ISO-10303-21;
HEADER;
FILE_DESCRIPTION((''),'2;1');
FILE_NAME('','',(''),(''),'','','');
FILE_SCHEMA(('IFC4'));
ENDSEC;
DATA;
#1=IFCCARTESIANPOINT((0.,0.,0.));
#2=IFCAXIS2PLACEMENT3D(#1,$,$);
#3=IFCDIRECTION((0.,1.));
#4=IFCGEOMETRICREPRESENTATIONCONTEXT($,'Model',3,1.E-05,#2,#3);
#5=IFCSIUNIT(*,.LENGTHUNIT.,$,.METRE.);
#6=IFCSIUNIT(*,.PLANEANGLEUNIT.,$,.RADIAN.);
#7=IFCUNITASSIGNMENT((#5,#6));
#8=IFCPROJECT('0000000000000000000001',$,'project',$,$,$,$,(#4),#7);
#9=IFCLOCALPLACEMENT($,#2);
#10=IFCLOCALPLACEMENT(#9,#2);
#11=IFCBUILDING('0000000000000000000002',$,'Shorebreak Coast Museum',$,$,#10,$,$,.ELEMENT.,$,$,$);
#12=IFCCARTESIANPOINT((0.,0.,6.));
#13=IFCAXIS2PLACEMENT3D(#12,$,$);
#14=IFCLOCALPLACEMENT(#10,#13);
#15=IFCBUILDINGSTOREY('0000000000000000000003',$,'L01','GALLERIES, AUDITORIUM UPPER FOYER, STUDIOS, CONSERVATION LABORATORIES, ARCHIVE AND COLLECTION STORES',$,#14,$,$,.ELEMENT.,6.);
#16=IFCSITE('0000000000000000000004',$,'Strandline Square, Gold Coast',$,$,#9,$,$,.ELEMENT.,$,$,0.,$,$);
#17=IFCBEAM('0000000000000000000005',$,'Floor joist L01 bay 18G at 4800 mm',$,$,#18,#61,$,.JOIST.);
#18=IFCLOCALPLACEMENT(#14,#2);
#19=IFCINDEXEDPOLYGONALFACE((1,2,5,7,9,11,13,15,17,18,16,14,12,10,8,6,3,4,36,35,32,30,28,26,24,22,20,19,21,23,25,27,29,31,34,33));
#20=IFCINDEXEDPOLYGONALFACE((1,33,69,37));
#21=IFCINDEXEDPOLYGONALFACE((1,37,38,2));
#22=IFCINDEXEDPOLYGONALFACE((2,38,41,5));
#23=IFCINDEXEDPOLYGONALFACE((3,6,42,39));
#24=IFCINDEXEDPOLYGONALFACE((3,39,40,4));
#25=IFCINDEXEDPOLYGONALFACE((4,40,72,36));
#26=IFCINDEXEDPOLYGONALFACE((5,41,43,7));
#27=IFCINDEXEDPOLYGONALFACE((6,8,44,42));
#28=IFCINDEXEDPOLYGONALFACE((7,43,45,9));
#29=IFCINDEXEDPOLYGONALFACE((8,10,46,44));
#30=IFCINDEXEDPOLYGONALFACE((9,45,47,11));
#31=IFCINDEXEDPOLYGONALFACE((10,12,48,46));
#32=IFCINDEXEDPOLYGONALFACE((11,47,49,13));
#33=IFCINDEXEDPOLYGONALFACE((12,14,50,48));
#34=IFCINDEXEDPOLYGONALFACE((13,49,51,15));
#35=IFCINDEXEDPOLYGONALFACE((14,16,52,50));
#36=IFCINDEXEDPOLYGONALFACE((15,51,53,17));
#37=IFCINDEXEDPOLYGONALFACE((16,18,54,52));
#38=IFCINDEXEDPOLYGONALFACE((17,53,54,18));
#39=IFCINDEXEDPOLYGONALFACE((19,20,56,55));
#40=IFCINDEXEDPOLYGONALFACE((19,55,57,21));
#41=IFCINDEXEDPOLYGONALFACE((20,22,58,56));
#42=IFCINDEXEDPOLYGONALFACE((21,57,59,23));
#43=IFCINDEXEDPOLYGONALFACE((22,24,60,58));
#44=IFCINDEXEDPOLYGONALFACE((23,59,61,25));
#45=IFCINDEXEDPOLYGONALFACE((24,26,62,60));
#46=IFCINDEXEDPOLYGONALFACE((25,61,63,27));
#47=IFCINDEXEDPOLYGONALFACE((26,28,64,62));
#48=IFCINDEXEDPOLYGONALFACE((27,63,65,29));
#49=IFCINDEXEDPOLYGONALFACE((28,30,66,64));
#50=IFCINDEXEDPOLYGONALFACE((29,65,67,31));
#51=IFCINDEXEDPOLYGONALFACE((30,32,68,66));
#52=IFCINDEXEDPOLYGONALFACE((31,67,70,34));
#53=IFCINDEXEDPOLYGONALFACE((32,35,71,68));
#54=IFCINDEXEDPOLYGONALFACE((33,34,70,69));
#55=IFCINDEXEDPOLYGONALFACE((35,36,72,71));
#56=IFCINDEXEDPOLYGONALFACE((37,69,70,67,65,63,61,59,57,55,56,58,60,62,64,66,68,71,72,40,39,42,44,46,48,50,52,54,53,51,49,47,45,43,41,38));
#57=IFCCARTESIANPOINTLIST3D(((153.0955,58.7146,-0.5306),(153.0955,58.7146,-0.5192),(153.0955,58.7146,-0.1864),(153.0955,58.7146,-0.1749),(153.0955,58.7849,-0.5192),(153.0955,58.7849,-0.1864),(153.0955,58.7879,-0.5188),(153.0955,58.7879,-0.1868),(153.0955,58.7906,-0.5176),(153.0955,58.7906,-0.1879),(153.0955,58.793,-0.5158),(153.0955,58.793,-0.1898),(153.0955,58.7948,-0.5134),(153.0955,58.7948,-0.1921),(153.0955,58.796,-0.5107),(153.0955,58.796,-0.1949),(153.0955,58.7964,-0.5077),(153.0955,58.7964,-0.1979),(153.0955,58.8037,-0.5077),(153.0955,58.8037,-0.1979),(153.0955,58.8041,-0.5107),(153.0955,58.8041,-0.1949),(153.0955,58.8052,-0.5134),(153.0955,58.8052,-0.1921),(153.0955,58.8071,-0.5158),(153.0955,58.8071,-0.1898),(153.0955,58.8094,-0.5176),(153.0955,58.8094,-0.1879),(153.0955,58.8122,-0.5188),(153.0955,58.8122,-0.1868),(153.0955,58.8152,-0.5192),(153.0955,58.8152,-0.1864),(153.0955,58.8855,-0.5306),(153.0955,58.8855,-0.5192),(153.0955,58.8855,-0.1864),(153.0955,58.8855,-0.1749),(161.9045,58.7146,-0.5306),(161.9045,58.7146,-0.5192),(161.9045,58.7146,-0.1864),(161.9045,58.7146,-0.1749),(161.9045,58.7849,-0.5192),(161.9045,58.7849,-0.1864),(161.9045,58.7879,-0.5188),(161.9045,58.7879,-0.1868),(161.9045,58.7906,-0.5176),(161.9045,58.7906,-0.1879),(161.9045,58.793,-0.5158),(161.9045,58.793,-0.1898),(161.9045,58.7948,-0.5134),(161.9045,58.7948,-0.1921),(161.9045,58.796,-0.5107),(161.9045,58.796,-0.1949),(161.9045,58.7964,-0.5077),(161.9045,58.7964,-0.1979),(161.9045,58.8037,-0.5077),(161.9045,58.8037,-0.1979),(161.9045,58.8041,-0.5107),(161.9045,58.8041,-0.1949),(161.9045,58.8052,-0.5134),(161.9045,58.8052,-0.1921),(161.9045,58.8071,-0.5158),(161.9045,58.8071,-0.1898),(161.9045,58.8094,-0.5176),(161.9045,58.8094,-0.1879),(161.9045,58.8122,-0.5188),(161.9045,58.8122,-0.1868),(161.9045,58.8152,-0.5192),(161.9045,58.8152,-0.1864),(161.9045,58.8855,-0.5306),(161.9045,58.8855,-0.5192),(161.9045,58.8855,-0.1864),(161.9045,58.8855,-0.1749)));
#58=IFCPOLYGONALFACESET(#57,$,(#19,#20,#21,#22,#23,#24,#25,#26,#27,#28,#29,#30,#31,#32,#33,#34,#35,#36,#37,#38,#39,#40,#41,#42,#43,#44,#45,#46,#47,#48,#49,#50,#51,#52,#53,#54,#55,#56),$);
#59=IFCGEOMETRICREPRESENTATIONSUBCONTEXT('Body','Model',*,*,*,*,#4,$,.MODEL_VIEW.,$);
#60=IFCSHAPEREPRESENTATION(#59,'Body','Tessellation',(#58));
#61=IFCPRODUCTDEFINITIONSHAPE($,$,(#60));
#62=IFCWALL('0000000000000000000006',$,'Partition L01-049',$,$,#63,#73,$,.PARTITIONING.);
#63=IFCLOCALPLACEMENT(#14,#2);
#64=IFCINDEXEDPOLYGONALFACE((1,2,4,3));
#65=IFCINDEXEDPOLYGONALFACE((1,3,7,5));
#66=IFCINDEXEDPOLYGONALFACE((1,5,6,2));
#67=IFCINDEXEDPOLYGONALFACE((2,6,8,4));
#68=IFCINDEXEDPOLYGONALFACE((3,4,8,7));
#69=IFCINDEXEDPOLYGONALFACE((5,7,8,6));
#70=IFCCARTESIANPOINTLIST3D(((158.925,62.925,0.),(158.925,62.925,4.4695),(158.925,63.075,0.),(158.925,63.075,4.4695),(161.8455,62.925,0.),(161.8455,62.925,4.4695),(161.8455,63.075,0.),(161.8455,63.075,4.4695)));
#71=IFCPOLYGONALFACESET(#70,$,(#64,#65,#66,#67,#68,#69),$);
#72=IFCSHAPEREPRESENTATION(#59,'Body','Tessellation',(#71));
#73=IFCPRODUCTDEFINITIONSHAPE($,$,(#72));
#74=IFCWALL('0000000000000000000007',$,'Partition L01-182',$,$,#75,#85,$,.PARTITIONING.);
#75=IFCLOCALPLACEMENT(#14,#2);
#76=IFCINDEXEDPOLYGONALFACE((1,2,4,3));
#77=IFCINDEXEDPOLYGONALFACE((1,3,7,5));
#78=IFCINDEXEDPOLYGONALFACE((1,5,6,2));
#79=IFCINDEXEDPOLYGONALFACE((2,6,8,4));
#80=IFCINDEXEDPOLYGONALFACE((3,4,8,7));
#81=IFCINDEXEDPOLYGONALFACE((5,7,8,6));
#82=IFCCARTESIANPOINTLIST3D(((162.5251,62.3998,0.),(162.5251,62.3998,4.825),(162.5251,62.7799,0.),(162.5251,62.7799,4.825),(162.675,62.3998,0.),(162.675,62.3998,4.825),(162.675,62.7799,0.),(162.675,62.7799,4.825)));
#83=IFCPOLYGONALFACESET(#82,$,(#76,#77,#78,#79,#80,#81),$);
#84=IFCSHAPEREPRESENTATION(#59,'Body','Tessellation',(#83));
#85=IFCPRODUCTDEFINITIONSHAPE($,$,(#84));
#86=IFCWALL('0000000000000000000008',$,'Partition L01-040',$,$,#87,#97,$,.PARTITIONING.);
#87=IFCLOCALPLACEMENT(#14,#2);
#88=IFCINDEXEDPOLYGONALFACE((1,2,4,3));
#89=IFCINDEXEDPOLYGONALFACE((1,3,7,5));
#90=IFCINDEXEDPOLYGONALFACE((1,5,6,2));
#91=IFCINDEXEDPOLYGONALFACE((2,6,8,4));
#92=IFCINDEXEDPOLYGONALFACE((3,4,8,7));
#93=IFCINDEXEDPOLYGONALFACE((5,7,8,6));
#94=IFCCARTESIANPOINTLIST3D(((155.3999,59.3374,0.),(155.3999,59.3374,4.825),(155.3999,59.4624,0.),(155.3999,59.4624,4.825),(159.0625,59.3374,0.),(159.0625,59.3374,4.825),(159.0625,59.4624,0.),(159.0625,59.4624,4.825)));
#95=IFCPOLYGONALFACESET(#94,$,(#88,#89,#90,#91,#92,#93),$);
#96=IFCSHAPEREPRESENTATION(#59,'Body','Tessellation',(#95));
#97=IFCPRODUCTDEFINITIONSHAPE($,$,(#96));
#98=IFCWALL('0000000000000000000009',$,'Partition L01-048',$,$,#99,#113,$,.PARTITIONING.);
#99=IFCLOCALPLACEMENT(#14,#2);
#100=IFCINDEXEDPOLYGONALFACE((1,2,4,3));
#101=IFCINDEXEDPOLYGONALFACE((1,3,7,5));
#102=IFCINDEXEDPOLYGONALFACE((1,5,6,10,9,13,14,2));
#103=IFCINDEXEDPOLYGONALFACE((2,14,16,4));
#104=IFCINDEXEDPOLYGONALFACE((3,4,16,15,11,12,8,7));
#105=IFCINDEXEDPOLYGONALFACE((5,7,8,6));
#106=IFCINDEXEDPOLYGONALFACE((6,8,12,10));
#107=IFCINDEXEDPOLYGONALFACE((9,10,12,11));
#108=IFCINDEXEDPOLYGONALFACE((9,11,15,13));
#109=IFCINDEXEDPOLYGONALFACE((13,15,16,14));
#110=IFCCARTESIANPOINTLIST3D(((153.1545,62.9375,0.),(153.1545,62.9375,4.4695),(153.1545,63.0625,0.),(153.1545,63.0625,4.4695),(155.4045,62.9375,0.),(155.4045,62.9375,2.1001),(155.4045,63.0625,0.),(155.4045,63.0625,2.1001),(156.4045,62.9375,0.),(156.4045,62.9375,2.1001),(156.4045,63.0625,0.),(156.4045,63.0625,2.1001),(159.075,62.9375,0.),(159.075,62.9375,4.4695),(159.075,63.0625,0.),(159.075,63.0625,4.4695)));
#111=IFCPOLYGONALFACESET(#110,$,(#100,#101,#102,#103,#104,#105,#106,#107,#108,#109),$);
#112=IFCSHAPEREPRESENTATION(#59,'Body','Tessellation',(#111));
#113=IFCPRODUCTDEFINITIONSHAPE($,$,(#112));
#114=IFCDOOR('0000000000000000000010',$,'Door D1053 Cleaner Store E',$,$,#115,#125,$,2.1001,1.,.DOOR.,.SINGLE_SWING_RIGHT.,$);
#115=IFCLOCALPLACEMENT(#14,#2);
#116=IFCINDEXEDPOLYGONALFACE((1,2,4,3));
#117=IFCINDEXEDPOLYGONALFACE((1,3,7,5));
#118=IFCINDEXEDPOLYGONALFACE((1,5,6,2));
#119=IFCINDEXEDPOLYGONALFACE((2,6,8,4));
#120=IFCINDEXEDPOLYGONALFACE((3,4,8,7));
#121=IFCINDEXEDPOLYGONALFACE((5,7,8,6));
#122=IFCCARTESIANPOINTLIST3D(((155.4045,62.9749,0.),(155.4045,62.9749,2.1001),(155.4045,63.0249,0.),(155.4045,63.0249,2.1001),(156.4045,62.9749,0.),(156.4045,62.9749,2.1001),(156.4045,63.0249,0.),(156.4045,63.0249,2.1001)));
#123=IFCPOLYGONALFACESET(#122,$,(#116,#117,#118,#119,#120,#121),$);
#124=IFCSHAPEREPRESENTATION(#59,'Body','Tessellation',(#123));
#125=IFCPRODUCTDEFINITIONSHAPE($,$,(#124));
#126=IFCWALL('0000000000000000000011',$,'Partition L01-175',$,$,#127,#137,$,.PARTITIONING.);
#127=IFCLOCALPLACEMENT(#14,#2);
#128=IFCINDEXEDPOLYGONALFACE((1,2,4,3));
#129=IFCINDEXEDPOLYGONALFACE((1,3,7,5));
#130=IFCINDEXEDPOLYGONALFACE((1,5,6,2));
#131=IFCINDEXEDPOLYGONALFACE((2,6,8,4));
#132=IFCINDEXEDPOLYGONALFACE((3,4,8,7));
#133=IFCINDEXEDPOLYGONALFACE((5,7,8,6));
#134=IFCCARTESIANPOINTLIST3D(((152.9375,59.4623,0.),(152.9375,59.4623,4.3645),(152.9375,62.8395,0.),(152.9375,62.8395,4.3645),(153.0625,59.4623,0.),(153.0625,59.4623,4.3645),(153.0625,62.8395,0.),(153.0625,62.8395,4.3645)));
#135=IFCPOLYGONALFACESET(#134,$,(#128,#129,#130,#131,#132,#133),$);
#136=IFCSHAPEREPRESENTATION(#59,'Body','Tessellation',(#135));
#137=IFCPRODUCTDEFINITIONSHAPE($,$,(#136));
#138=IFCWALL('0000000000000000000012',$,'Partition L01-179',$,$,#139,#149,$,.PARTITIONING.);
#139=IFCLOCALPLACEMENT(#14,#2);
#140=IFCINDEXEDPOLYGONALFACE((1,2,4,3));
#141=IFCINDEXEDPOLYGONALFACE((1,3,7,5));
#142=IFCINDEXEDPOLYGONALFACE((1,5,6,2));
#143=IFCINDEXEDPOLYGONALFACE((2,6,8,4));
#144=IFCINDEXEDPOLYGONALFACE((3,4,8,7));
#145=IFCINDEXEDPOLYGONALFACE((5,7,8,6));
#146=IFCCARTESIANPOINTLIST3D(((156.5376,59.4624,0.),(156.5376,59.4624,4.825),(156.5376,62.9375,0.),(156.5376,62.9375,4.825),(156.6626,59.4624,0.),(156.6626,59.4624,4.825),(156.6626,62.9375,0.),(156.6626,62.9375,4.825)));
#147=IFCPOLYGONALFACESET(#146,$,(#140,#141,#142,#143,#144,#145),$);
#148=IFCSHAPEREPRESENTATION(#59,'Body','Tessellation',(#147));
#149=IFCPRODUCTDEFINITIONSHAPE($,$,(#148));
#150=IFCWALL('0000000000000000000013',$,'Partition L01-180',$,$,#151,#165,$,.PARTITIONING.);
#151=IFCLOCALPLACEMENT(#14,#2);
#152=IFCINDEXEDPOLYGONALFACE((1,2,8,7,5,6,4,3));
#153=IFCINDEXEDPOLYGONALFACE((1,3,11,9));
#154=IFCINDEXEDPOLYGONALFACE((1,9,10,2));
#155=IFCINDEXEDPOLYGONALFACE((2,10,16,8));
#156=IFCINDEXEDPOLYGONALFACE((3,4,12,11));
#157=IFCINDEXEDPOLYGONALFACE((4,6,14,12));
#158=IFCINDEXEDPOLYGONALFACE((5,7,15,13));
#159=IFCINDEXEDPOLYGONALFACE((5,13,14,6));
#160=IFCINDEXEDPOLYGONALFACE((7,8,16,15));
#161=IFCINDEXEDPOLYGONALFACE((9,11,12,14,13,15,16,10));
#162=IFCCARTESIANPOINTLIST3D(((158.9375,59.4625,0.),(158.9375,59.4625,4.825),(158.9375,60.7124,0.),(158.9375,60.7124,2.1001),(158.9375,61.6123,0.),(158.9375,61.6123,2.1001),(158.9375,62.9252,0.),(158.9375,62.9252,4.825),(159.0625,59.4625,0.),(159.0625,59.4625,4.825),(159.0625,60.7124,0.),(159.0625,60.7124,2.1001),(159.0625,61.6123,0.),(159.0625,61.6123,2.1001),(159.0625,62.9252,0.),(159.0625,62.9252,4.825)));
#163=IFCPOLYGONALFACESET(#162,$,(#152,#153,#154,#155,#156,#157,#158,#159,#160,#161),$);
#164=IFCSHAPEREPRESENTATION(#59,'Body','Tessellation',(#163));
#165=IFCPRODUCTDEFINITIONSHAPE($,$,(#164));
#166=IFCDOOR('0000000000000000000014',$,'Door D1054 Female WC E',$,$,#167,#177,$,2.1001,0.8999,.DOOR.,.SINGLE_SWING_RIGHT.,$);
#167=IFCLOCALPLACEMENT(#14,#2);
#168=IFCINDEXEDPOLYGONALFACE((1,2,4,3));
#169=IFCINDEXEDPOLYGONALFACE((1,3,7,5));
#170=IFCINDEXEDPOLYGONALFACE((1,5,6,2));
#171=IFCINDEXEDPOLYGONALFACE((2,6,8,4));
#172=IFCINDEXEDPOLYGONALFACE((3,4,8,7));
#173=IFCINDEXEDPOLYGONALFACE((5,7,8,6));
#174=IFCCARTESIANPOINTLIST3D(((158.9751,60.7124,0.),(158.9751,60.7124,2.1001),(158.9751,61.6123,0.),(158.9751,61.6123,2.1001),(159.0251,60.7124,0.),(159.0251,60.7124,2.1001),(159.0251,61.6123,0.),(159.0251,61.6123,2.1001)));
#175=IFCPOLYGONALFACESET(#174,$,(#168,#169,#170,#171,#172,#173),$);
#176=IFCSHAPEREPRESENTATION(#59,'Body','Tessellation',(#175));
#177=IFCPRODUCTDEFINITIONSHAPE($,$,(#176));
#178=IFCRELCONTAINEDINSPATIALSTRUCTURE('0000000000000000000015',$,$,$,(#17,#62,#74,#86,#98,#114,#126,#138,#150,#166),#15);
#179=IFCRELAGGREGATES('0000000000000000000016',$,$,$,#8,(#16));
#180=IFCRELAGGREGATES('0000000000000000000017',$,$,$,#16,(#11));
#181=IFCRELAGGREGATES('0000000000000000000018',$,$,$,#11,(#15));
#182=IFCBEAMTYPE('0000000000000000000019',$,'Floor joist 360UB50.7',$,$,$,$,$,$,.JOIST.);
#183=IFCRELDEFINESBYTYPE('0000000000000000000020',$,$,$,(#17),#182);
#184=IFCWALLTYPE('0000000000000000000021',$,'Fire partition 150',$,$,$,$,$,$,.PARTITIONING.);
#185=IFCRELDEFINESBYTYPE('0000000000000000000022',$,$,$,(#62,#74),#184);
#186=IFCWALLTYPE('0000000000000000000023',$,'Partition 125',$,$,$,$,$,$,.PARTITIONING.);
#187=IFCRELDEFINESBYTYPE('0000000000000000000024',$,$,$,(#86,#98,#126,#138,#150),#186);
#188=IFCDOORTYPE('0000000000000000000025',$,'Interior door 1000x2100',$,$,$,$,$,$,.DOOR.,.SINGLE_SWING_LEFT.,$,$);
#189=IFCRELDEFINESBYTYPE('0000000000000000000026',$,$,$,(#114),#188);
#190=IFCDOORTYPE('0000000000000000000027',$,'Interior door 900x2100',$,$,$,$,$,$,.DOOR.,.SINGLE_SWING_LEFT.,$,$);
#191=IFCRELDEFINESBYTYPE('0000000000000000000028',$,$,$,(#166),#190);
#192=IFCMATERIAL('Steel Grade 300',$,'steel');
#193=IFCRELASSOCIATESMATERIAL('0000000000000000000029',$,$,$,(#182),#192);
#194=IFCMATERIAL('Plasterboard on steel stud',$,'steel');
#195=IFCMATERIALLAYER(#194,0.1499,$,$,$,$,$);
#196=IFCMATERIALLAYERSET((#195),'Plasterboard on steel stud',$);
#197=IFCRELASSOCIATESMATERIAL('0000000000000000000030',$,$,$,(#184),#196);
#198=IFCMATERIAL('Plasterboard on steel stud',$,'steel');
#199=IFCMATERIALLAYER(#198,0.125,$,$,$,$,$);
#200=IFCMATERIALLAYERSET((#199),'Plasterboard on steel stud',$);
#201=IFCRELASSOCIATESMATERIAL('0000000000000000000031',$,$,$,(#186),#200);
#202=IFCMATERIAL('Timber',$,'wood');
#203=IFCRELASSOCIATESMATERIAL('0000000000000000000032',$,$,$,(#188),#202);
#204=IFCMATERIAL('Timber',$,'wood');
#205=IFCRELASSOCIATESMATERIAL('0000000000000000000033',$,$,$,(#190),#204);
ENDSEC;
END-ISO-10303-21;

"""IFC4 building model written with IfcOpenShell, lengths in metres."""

from ifc_helpers import new_model, si_unit, direction, frame, frame_2d, origin, origin_2d, place, context, subcontext, project, spatial, rectangle, i_section, extrude, material, layer, layer_set, material_profile, profile_set, type_object, element, fill, save


model = new_model("IFC4")

# Units and contexts
model_context = context("Model", 3, precision=1e-05, world=origin(), true_north=direction((0.0, 1.0)))
body_context = subcontext(model_context, "Body", "Model", "MODEL_VIEW")
ifc_project = project(units=[si_unit("LENGTHUNIT", "METRE"), si_unit("PLANEANGLEUNIT", "RADIAN")], contexts=[model_context])

# Site, building, storey
site_placement = place(None, origin())
site = spatial("IfcSite", under=ifc_project, at=site_placement, Name="Strandline Square, Gold Coast", CompositionType="ELEMENT", RefElevation=0.0)
building_placement = place(site_placement, origin())
building = spatial("IfcBuilding", under=site, at=building_placement, Name="Shorebreak Coast Museum", CompositionType="ELEMENT")
storey_placement = place(building_placement, frame((0.0, 0.0, 6.0)))
storey = spatial("IfcBuildingStorey", under=building, at=storey_placement, Name="L01", Description="GALLERIES, AUDITORIUM UPPER FOYER, STUDIOS, CONSERVATION LABORATORIES, ARCHIVE AND COLLECTION STORES", CompositionType="ELEMENT", Elevation=6.0)

# Beam
ifc_material_1 = material(Name="Steel Grade 300", Category="steel")
ifc_material_profile_1 = material_profile(ifc_material_1, i_section(OverallWidth=0.1709, OverallDepth=0.3557, WebThickness=0.0073, FlangeThickness=0.0115, FilletRadius=0.0115, at=origin_2d()), Name="360UB50.7")
ifc_profile_set_1 = profile_set([ifc_material_profile_1], Name="Steel Grade 300")
beam_type_1 = type_object("IfcBeamType", Name="Floor joist 360UB50.7", PredefinedType="JOIST", material=ifc_profile_set_1)
for number, where, z_axis, x_axis, name in (
    (1, (153.0955, 58.8, -0.3528), (1.0, 0.0, 0.0), (0.0, 1.0, 0.0), "Floor joist L01 bay 18G at 4800 mm"),
):
    element("IfcBeam", number, at=place(storey_placement, frame(where, z_axis=z_axis, x_axis=x_axis)), inside=storey, type_object=beam_type_1, Name=name, PredefinedType="JOIST", context=body_context, shape_type="SweptSolid", body=[
        extrude(i_section(OverallWidth=0.1709, OverallDepth=0.3557, WebThickness=0.0073, FlangeThickness=0.0115, FilletRadius=0.0115, at=origin_2d()), origin(), (0.0, 0.0, 1.0), 8.8091),
    ])

# Walls
ifc_material_2 = material(Name="Plasterboard on steel stud", Category="steel")
ifc_layer_1 = layer(ifc_material_2, 0.1499)
ifc_layer_set_1 = layer_set([ifc_layer_1], Name="Plasterboard on steel stud")
wall_type_1 = type_object("IfcWallType", Name="Fire partition 150", PredefinedType="PARTITIONING", material=ifc_layer_set_1)
wall_1_placement = place(storey_placement, frame((158.925, 63.0, 0.0), z_axis=(0.0, 0.0, 1.0), x_axis=(1.0, 0.0, 0.0)))
element("IfcWall", 2, at=wall_1_placement, inside=storey, type_object=wall_type_1, Name="Partition L01-049", PredefinedType="PARTITIONING", context=body_context, shape_type="SweptSolid", body=[
    extrude(rectangle(XDim=2.9204, YDim=0.1499, at=frame_2d((1.4602, 0.0))), origin(), (0.0, 0.0, 1.0), 4.4695),
])
wall_2_placement = place(storey_placement, frame((162.6001, 62.3999, 0.0), z_axis=(0.0, 0.0, 1.0), x_axis=(0.0, 1.0, 0.0)))
element("IfcWall", 3, at=wall_2_placement, inside=storey, type_object=wall_type_1, Name="Partition L01-182", PredefinedType="PARTITIONING", context=body_context, shape_type="SweptSolid", body=[
    extrude(rectangle(XDim=0.3801, YDim=0.1499, at=frame_2d((0.1899, 0.0))), origin(), (0.0, 0.0, 1.0), 4.825),
])
ifc_material_3 = material(Name="Plasterboard on steel stud", Category="steel")
ifc_layer_2 = layer(ifc_material_3, 0.125)
ifc_layer_set_2 = layer_set([ifc_layer_2], Name="Plasterboard on steel stud")
wall_type_2 = type_object("IfcWallType", Name="Partition 125", PredefinedType="PARTITIONING", material=ifc_layer_set_2)
wall_3_placement = place(storey_placement, frame((155.3999, 59.3999, 0.0), z_axis=(0.0, 0.0, 1.0), x_axis=(1.0, 0.0, 0.0)))
element("IfcWall", 4, at=wall_3_placement, inside=storey, type_object=wall_type_2, Name="Partition L01-040", PredefinedType="PARTITIONING", context=body_context, shape_type="SweptSolid", body=[
    extrude(rectangle(XDim=3.6626, YDim=0.125, at=frame_2d((1.8313, 0.0))), origin(), (0.0, 0.0, 1.0), 4.825),
])

# Wall, opening, door
wall_4_placement = place(storey_placement, frame((153.1545, 63.0, 0.0), z_axis=(0.0, 0.0, 1.0), x_axis=(1.0, 0.0, 0.0)))
wall_4 = element("IfcWall", 5, at=wall_4_placement, inside=storey, type_object=wall_type_2, Name="Partition L01-048", PredefinedType="PARTITIONING", context=body_context, shape_type="SweptSolid", body=[
    extrude(rectangle(XDim=5.9204, YDim=0.125, at=frame_2d((2.9602, 0.0))), origin(), (0.0, 0.0, 1.0), 4.4695),
])
opening_1_placement = place(wall_4_placement, frame((2.25, 0.0, 0.0)))
opening_1 = element("IfcOpeningElement", 6, at=opening_1_placement, cuts=wall_4, PredefinedType="OPENING", context=body_context, shape_type="SweptSolid", body=[
    extrude(rectangle(XDim=1.0, YDim=2.1001, at=frame_2d((0.5, 1.05))), frame((0.0, 0.0725, 0.0), z_axis=(0.0, -1.0, 0.0), x_axis=(1.0, 0.0, 0.0)), (0.0, 0.0, 1.0), 0.145),
])
ifc_material_4 = material(Name="Timber", Category="wood")
door_type_1 = type_object("IfcDoorType", Name="Interior door 1000x2100", OperationType="SINGLE_SWING_LEFT", PredefinedType="DOOR", material=ifc_material_4)
door_1_placement = place(opening_1_placement, origin())
door_1 = element("IfcDoor", 7, at=door_1_placement, inside=storey, type_object=door_type_1, Name="Door D1053 Cleaner Store E", OperationType="SINGLE_SWING_RIGHT", OverallHeight=2.1001, OverallWidth=1.0, PredefinedType="DOOR", context=body_context, shape_type="SweptSolid", body=[
    extrude(rectangle(XDim=1.0, YDim=2.1001, at=frame_2d((0.5, 1.05))), frame((0.0, 0.0249, 0.0), z_axis=(0.0, -1.0, 0.0), x_axis=(1.0, 0.0, 0.0)), (0.0, 0.0, 1.0), 0.05),
])
fill(opening_1, door_1)

# Walls
wall_5_placement = place(storey_placement, frame((153.0, 59.4624, 0.0), z_axis=(0.0, 0.0, 1.0), x_axis=(0.0, 1.0, 0.0)))
element("IfcWall", 8, at=wall_5_placement, inside=storey, type_object=wall_type_2, Name="Partition L01-175", PredefinedType="PARTITIONING", context=body_context, shape_type="SweptSolid", body=[
    extrude(rectangle(XDim=3.3772, YDim=0.125, at=frame_2d((1.6885, 0.0))), origin(), (0.0, 0.0, 1.0), 4.3645),
])
wall_6_placement = place(storey_placement, frame((156.6001, 59.4624, 0.0), z_axis=(0.0, 0.0, 1.0), x_axis=(0.0, 1.0, 0.0)))
element("IfcWall", 9, at=wall_6_placement, inside=storey, type_object=wall_type_2, Name="Partition L01-179", PredefinedType="PARTITIONING", context=body_context, shape_type="SweptSolid", body=[
    extrude(rectangle(XDim=3.4751, YDim=0.125, at=frame_2d((1.7375, 0.0))), origin(), (0.0, 0.0, 1.0), 4.825),
])

# Wall, opening, door
wall_7_placement = place(storey_placement, frame((159.0, 59.4624, 0.0), z_axis=(0.0, 0.0, 1.0), x_axis=(0.0, 1.0, 0.0)))
wall_7 = element("IfcWall", 10, at=wall_7_placement, inside=storey, type_object=wall_type_2, Name="Partition L01-180", PredefinedType="PARTITIONING", context=body_context, shape_type="SweptSolid", body=[
    extrude(rectangle(XDim=3.4626, YDim=0.125, at=frame_2d((1.7314, 0.0))), origin(), (0.0, 0.0, 1.0), 4.825),
])
opening_2_placement = place(wall_7_placement, frame((1.25, 0.0, 0.0)))
opening_2 = element("IfcOpeningElement", 11, at=opening_2_placement, cuts=wall_7, PredefinedType="OPENING", context=body_context, shape_type="SweptSolid", body=[
    extrude(rectangle(XDim=0.8999, YDim=2.1001, at=frame_2d((0.45, 1.05))), frame((0.0, 0.0725, 0.0), z_axis=(0.0, -1.0, 0.0), x_axis=(1.0, 0.0, 0.0)), (0.0, 0.0, 1.0), 0.145),
])
ifc_material_5 = material(Name="Timber", Category="wood")
door_type_2 = type_object("IfcDoorType", Name="Interior door 900x2100", OperationType="SINGLE_SWING_LEFT", PredefinedType="DOOR", material=ifc_material_5)
door_2_placement = place(opening_2_placement, origin())
door_2 = element("IfcDoor", 12, at=door_2_placement, inside=storey, type_object=door_type_2, Name="Door D1054 Female WC E", OperationType="SINGLE_SWING_RIGHT", OverallHeight=2.1001, OverallWidth=0.8999, PredefinedType="DOOR", context=body_context, shape_type="SweptSolid", body=[
    extrude(rectangle(XDim=0.8999, YDim=2.1001, at=frame_2d((0.45, 1.05))), frame((0.0, 0.0249, 0.0), z_axis=(0.0, -1.0, 0.0), x_axis=(1.0, 0.0, 0.0)), (0.0, 0.0, 1.0), 0.05),
])
fill(opening_2, door_2)

save(model, "model.ifc")
